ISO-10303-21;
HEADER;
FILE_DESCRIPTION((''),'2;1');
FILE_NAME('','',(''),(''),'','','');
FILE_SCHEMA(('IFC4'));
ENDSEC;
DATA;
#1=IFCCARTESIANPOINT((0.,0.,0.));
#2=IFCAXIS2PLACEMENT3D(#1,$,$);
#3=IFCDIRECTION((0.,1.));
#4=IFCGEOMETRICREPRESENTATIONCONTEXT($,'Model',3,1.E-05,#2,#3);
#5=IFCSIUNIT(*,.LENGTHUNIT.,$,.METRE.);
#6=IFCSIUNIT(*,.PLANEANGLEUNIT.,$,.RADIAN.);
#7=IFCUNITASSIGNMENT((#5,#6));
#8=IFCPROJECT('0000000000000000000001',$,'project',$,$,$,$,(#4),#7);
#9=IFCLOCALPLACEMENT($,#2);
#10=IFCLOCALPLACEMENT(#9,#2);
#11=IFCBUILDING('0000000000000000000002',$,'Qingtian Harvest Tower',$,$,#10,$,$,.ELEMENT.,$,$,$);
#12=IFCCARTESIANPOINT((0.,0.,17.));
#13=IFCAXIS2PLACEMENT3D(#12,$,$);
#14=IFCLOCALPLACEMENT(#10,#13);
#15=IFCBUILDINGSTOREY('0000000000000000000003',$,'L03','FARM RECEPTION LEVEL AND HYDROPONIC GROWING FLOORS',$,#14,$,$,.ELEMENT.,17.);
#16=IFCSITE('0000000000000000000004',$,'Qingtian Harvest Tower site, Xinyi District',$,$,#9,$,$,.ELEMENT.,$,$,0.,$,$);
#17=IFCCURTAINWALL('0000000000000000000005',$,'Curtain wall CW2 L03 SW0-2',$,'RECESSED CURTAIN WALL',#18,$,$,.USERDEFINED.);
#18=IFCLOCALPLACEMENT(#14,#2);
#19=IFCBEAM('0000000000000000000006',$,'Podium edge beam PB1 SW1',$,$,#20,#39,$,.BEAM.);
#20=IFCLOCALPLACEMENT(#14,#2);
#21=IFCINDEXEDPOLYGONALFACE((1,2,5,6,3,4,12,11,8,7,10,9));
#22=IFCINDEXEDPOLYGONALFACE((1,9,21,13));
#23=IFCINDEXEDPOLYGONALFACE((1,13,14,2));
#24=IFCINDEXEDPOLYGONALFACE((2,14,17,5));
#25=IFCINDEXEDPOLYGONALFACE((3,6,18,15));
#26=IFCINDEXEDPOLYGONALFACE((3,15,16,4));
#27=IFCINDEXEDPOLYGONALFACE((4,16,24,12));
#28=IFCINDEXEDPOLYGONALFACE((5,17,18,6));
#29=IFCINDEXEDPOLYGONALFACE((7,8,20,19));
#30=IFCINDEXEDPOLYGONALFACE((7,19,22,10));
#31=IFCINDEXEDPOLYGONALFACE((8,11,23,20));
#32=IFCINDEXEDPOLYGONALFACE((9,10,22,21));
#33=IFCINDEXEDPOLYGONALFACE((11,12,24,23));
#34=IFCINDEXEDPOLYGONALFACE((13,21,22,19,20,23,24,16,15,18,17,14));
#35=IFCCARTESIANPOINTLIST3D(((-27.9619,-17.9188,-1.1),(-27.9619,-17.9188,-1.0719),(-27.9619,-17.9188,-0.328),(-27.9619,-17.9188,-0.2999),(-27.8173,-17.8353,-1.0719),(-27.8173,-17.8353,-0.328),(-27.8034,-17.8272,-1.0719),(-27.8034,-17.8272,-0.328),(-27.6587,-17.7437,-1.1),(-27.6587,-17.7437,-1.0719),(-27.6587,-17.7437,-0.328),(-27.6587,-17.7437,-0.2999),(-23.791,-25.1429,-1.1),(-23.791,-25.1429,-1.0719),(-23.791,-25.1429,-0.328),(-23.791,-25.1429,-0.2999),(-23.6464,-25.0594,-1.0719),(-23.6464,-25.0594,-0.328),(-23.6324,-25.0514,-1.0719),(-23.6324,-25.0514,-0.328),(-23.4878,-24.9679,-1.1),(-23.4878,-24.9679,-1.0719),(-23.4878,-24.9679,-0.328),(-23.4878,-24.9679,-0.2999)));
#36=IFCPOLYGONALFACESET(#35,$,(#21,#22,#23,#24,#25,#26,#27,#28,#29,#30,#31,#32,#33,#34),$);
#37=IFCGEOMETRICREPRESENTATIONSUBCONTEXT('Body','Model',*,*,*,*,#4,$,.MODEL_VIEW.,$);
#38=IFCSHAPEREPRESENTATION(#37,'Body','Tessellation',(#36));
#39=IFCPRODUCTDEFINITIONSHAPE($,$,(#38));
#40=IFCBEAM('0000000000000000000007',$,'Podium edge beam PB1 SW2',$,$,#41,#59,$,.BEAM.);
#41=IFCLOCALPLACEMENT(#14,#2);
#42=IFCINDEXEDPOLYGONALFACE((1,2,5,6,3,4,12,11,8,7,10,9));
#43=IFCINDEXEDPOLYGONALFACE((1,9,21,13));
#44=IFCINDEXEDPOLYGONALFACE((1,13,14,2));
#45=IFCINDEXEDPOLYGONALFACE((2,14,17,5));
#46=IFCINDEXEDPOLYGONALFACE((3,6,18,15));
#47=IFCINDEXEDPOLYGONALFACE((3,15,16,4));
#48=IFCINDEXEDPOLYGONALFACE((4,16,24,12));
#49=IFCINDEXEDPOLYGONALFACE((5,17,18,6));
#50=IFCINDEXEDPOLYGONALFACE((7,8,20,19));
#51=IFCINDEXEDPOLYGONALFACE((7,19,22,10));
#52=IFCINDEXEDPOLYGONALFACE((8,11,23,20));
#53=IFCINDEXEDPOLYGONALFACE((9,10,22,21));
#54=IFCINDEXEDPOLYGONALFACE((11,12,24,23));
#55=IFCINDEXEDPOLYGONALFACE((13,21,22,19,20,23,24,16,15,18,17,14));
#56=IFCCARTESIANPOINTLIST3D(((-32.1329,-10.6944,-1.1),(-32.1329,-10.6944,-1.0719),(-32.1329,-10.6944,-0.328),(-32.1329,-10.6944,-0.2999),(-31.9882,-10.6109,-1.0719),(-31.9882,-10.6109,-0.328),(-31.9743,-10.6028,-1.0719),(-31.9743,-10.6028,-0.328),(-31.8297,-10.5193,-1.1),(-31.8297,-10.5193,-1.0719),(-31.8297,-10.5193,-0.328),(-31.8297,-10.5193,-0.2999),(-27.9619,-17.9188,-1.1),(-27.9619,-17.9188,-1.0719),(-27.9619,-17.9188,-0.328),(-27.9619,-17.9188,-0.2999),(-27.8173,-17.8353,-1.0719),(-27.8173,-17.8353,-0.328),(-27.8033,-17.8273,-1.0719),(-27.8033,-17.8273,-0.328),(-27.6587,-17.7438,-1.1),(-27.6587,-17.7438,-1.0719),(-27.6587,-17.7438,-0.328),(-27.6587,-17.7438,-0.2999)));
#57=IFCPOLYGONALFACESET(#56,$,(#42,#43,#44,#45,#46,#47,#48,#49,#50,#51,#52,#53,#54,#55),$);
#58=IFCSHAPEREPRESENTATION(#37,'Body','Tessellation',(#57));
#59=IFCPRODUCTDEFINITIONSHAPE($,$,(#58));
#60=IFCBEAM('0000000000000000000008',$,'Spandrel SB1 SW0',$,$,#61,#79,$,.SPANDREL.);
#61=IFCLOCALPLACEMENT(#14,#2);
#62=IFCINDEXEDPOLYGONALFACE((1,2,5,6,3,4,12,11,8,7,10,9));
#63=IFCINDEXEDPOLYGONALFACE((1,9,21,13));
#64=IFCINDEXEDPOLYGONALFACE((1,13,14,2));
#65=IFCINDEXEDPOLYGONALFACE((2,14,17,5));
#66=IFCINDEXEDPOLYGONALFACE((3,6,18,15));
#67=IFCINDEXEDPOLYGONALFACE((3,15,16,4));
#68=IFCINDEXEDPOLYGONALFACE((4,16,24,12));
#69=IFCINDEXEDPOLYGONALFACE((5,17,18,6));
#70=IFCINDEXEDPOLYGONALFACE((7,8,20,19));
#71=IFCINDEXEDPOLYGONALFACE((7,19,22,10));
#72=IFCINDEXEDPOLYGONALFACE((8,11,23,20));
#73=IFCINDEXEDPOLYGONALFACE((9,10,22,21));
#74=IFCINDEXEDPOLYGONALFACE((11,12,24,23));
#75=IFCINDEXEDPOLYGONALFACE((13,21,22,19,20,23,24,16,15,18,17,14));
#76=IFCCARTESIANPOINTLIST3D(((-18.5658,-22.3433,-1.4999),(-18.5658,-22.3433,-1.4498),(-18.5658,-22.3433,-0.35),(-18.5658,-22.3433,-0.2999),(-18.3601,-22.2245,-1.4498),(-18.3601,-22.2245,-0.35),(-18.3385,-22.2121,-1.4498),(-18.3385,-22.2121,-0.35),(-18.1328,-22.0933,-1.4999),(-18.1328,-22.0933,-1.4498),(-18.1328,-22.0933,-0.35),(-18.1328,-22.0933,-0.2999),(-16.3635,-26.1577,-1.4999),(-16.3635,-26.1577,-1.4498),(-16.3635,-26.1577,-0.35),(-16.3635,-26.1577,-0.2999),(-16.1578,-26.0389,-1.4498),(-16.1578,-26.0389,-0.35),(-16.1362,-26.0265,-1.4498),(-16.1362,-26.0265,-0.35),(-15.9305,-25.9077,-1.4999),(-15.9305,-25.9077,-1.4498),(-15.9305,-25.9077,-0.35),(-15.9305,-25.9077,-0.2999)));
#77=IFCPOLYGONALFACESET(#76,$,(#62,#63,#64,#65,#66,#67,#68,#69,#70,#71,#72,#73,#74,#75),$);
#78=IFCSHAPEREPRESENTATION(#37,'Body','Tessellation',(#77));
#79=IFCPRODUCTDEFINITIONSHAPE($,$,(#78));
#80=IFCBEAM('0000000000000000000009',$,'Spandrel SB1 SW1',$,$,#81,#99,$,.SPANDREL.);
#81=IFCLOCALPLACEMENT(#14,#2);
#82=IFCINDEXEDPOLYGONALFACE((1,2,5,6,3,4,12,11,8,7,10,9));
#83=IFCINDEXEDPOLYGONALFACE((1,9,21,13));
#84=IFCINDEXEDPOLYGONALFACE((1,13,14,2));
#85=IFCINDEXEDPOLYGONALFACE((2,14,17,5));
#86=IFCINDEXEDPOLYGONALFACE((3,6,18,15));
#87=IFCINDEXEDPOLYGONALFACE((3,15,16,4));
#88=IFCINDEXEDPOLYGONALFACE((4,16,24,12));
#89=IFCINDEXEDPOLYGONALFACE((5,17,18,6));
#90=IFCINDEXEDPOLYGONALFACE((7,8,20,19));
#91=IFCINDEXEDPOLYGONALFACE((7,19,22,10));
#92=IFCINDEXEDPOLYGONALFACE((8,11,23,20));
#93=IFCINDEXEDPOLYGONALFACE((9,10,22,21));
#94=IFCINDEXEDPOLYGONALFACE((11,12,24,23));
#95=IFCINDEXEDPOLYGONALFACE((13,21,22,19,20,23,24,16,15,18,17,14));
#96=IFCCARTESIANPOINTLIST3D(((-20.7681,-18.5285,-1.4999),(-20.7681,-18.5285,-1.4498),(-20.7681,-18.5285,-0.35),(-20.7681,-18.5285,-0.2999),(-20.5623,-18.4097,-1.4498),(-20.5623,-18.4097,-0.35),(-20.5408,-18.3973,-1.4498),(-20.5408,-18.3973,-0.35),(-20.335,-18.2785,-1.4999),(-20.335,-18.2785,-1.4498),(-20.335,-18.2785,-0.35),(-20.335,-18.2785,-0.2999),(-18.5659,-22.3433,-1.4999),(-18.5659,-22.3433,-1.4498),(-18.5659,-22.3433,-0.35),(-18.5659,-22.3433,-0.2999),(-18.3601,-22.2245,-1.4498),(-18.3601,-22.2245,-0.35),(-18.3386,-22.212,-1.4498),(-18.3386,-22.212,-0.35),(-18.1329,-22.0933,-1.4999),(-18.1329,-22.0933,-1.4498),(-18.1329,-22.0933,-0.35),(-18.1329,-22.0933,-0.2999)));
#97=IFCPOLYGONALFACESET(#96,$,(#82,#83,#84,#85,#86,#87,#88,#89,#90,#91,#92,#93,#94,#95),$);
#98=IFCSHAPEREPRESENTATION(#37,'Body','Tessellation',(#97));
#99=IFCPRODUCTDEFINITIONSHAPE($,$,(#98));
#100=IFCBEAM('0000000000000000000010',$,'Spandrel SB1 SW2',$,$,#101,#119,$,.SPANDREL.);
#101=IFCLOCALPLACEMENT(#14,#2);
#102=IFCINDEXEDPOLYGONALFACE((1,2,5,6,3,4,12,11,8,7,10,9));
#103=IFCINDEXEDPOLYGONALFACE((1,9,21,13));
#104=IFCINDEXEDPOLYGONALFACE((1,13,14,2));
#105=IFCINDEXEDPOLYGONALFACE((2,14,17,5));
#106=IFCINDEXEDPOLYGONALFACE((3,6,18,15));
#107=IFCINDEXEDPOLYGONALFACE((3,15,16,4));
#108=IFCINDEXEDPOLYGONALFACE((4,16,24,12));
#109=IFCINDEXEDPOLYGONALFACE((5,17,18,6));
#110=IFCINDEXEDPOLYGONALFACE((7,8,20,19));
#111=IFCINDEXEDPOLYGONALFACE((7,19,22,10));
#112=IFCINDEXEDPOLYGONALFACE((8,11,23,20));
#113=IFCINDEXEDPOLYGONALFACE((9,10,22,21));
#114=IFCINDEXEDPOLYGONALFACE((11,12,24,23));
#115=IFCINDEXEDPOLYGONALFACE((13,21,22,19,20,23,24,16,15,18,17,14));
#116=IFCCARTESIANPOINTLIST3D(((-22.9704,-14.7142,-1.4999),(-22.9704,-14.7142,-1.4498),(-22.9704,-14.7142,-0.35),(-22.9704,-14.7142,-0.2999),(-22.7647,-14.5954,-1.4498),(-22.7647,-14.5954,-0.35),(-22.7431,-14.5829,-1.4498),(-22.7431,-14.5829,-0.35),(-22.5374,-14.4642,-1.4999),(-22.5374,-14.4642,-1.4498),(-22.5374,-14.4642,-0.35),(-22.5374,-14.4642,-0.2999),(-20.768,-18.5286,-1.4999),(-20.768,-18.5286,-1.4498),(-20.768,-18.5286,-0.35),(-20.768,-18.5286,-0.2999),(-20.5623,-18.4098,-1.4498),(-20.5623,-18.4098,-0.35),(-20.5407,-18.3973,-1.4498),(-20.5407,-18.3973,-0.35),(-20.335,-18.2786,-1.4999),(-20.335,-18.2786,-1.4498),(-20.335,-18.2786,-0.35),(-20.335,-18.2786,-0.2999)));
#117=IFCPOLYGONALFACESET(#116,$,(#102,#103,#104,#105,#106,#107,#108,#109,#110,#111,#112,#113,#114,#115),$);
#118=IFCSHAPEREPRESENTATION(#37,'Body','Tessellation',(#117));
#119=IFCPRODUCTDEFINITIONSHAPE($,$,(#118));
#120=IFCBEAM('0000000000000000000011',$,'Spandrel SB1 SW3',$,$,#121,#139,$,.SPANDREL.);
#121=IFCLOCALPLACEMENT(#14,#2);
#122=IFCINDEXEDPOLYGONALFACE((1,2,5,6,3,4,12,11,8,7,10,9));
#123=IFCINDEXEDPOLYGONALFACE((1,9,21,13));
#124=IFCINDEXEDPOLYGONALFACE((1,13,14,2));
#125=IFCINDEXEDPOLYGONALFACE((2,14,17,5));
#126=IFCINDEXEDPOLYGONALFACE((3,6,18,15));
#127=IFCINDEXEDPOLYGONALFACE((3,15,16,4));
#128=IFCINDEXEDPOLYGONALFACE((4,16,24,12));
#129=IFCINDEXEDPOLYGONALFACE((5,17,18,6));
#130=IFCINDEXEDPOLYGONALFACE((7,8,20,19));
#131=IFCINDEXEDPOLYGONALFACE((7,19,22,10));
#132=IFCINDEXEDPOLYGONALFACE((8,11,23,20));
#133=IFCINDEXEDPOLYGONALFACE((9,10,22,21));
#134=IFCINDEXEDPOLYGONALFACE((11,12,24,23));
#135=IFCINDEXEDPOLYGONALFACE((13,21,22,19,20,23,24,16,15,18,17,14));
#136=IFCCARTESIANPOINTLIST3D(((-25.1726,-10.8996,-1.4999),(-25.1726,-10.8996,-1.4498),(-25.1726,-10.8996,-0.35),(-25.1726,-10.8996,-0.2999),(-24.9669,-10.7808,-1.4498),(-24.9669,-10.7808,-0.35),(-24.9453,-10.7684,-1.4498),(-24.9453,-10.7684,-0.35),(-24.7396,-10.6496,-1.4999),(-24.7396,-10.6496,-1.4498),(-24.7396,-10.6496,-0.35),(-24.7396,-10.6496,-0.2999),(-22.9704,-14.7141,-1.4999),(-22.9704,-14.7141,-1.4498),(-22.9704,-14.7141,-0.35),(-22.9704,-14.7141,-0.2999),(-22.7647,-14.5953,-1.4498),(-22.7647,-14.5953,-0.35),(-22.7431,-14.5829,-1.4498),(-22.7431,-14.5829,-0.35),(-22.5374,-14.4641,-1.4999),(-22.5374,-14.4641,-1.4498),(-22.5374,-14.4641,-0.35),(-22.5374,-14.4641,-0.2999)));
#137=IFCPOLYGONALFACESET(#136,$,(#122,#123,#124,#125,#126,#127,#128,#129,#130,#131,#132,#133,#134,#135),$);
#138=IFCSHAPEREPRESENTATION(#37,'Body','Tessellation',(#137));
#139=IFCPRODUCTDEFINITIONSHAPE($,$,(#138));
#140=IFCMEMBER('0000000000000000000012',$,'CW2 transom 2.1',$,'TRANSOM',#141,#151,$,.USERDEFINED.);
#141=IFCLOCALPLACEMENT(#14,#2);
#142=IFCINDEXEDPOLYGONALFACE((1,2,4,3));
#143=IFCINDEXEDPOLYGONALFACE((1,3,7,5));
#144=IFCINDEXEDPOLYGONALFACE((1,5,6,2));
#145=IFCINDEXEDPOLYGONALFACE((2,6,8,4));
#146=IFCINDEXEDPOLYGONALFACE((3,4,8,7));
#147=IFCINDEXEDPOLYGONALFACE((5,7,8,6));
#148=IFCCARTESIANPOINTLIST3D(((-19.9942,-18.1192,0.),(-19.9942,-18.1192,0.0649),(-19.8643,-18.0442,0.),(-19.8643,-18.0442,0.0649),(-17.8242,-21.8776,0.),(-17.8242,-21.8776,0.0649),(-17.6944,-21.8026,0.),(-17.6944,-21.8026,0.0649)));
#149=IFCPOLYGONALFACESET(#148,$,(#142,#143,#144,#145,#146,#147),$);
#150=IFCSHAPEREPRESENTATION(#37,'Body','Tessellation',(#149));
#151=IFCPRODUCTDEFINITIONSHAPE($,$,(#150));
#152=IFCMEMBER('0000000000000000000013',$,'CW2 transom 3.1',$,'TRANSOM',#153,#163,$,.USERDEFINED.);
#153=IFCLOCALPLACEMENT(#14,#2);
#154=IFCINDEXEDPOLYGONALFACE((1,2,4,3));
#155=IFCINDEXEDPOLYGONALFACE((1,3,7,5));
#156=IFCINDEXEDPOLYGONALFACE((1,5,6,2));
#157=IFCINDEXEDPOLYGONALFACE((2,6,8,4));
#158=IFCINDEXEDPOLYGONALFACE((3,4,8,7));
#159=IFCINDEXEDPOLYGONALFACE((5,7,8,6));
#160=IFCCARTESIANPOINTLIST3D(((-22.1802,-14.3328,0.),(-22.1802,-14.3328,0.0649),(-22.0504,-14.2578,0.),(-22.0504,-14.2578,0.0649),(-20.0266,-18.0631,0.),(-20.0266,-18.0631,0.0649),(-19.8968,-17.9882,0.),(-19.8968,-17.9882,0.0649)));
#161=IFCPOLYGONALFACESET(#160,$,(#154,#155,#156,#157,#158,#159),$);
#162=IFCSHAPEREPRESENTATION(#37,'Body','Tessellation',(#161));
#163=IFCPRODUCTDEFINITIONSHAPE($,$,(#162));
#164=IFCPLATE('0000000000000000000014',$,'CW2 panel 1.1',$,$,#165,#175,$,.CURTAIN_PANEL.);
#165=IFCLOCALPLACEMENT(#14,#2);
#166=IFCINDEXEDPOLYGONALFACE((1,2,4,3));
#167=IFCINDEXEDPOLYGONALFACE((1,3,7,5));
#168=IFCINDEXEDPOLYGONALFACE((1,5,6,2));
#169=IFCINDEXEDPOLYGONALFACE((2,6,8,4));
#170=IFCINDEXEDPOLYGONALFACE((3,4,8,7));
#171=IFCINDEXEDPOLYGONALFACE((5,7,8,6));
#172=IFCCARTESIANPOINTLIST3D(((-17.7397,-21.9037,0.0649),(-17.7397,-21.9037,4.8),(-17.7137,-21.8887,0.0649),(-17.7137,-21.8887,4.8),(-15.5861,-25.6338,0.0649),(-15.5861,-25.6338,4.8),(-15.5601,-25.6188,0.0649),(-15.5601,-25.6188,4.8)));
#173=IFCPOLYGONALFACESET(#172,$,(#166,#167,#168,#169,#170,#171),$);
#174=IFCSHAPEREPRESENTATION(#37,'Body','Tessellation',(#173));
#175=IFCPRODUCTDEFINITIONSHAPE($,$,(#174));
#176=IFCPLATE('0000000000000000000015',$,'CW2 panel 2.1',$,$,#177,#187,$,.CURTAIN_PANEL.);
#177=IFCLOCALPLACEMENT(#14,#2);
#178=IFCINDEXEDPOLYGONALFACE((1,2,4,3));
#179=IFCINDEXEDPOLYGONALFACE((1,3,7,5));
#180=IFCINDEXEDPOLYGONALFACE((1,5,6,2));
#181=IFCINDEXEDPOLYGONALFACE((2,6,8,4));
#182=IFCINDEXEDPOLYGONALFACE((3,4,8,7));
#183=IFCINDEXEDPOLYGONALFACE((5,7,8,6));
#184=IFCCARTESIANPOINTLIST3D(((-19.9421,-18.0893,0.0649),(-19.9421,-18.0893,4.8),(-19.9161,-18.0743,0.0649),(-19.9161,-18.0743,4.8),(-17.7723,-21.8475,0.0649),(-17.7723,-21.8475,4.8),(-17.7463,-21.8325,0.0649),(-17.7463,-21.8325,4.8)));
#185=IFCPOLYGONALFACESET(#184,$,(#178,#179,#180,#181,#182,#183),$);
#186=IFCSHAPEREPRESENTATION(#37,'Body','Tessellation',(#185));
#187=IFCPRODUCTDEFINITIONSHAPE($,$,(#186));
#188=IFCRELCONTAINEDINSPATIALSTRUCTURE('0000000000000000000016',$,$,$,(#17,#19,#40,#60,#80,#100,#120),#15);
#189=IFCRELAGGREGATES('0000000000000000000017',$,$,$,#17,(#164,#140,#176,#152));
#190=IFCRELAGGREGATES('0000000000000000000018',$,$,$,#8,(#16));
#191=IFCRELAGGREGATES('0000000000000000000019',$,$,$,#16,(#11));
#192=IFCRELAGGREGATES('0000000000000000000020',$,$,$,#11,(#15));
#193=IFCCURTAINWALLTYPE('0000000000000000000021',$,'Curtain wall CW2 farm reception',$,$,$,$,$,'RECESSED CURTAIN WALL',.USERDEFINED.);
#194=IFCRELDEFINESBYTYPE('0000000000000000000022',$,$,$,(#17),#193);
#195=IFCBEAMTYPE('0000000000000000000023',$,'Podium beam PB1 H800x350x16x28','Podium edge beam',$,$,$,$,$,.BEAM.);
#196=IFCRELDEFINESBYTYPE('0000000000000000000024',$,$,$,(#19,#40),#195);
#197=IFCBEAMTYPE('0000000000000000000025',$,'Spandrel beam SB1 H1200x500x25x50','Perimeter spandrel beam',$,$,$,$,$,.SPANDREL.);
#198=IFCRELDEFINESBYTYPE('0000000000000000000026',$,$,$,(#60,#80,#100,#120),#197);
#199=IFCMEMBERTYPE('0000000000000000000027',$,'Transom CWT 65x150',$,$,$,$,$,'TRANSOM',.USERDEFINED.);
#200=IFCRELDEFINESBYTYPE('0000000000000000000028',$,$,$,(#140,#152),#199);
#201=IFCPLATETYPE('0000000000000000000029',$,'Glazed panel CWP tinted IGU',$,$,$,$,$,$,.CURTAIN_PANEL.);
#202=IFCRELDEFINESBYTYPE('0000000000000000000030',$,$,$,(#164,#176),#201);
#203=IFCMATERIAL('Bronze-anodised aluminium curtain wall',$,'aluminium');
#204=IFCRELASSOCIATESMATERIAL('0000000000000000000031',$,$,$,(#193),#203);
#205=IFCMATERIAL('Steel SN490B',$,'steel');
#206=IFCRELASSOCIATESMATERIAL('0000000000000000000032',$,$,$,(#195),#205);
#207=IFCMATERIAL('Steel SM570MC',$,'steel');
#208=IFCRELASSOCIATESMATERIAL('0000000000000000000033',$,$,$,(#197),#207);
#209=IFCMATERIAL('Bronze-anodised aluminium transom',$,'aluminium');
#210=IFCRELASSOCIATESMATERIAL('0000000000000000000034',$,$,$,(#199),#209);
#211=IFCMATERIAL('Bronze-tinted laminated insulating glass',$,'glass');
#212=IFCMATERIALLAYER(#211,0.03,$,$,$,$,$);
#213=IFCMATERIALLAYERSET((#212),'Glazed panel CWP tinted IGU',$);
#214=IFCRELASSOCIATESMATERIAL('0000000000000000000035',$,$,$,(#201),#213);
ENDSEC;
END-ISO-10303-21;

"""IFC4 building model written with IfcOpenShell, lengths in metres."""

from ifc_helpers import new_model, si_unit, direction, frame, origin, origin_2d, place, context, subcontext, project, spatial, rectangle, i_section, extrude, material, layer, layer_set, material_profile, profile_set, type_object, element, aggregate, save


model = new_model("IFC4")

# Units and contexts
model_context = context("Model", 3, precision=1e-05, world=origin(), true_north=direction((0.0, 1.0)))
body_context = subcontext(model_context, "Body", "Model", "MODEL_VIEW")
ifc_project = project(units=[si_unit("LENGTHUNIT", "METRE"), si_unit("PLANEANGLEUNIT", "RADIAN")], contexts=[model_context])

# Site, building, storey
site_placement = place(None, origin())
site = spatial("IfcSite", under=ifc_project, at=site_placement, Name="Qingtian Harvest Tower site, Xinyi District", CompositionType="ELEMENT", RefElevation=0.0)
building_placement = place(site_placement, origin())
building = spatial("IfcBuilding", under=site, at=building_placement, Name="Qingtian Harvest Tower", CompositionType="ELEMENT")
storey_placement = place(building_placement, frame((0.0, 0.0, 17.0)))
storey = spatial("IfcBuildingStorey", under=building, at=storey_placement, Name="L03", Description="FARM RECEPTION LEVEL AND HYDROPONIC GROWING FLOORS", CompositionType="ELEMENT", Elevation=17.0)

# Curtain wall
ifc_material_1 = material(Name="Bronze-anodised aluminium curtain wall", Category="aluminium")
curtain_wall_type = type_object("IfcCurtainWallType", Name="Curtain wall CW2 farm reception", ElementType="RECESSED CURTAIN WALL", PredefinedType="USERDEFINED", material=ifc_material_1)
curtain_wall_placement = place(storey_placement, origin())
curtain_wall = element("IfcCurtainWall", 1, at=curtain_wall_placement, inside=storey, type_object=curtain_wall_type, Name="Curtain wall CW2 L03 SW0-2", ObjectType="RECESSED CURTAIN WALL", PredefinedType="USERDEFINED")

# Beams
ifc_material_2 = material(Name="Steel SN490B", Category="steel")
ifc_material_profile_1 = material_profile(ifc_material_2, i_section(OverallWidth=0.3501, OverallDepth=0.8, WebThickness=0.0161, FlangeThickness=0.0281, at=origin_2d()), Name="H800x350x16x28")
ifc_profile_set_1 = profile_set([ifc_material_profile_1], Name="Steel SN490B")
beam_type_1 = type_object("IfcBeamType", Name="Podium beam PB1 H800x350x16x28", Description="Podium edge beam", PredefinedType="BEAM", material=ifc_profile_set_1)
for number, where, z_axis, x_axis, name in (
    (2, (-23.6394, -25.0554, -0.7), (-0.500005, 0.866023, 0.0), (-0.866023, -0.500005, 0.0), "Podium edge beam PB1 SW1"),
):
    element("IfcBeam", number, at=place(storey_placement, frame(where, z_axis=z_axis, x_axis=x_axis)), inside=storey, type_object=beam_type_1, Name=name, PredefinedType="BEAM", context=body_context, shape_type="SweptSolid", body=[
        extrude(i_section(OverallWidth=0.3501, OverallDepth=0.8, WebThickness=0.0161, FlangeThickness=0.0281, at=origin_2d()), origin(), (0.0, 0.0, 1.0), 8.3418),
    ])
beam_1_placement = place(storey_placement, frame((-27.8103, -17.8313, -0.7), z_axis=(-0.499992, 0.86603, 0.0), x_axis=(-0.86603, -0.499992, 0.0)))
element("IfcBeam", 3, at=beam_1_placement, inside=storey, type_object=beam_type_1, Name="Podium edge beam PB1 SW2", PredefinedType="BEAM", context=body_context, shape_type="SweptSolid", body=[
    extrude(i_section(OverallWidth=0.3501, OverallDepth=0.8, WebThickness=0.0161, FlangeThickness=0.0281, at=origin_2d()), origin(), (0.0, 0.0, 1.0), 8.342),
])
ifc_material_3 = material(Name="Steel SM570MC", Category="steel")
ifc_material_profile_2 = material_profile(ifc_material_3, i_section(OverallWidth=0.5, OverallDepth=1.2, WebThickness=0.0249, FlangeThickness=0.05, at=origin_2d()), Name="H1200x500x25x50")
ifc_profile_set_2 = profile_set([ifc_material_profile_2], Name="Steel SM570MC")
beam_type_2 = type_object("IfcBeamType", Name="Spandrel beam SB1 H1200x500x25x50", Description="Perimeter spandrel beam", PredefinedType="SPANDREL", material=ifc_profile_set_2)
beam_2_placement = place(storey_placement, frame((-16.147, -26.0327, -0.8999), z_axis=(-0.50002, 0.866014, 0.0), x_axis=(-0.866014, -0.50002, 0.0)))
element("IfcBeam", 4, at=beam_2_placement, inside=storey, type_object=beam_type_2, Name="Spandrel SB1 SW0", PredefinedType="SPANDREL", context=body_context, shape_type="SweptSolid", body=[
    extrude(i_section(OverallWidth=0.5, OverallDepth=1.2, WebThickness=0.0249, FlangeThickness=0.05, at=origin_2d()), origin(), (0.0, 0.0, 1.0), 4.4045),
])
beam_3_placement = place(storey_placement, frame((-18.3494, -22.2183, -0.8999), z_axis=(-0.499954, 0.866052, 0.0), x_axis=(-0.866052, -0.499954, 0.0)))
element("IfcBeam", 5, at=beam_3_placement, inside=storey, type_object=beam_type_2, Name="Spandrel SB1 SW1", PredefinedType="SPANDREL", context=body_context, shape_type="SweptSolid", body=[
    extrude(i_section(OverallWidth=0.5, OverallDepth=1.2, WebThickness=0.0249, FlangeThickness=0.05, at=origin_2d()), origin(), (0.0, 0.0, 1.0), 4.4048),
])
for number, where, z_axis, x_axis, name in (
    (6, (-20.5515, -18.4036, -0.8999), (-0.50002, 0.866014, 0.0), (-0.866014, -0.50002, 0.0), "Spandrel SB1 SW2"),
    (7, (-22.7539, -14.5891, -0.8999), (-0.499978, 0.866038, 0.0), (-0.866038, -0.499978, 0.0), "Spandrel SB1 SW3"),
):
    element("IfcBeam", number, at=place(storey_placement, frame(where, z_axis=z_axis, x_axis=x_axis)), inside=storey, type_object=beam_type_2, Name=name, PredefinedType="SPANDREL", context=body_context, shape_type="SweptSolid", body=[
        extrude(i_section(OverallWidth=0.5, OverallDepth=1.2, WebThickness=0.0249, FlangeThickness=0.05, at=origin_2d()), origin(), (0.0, 0.0, 1.0), 4.4045),
    ])

# Members
ifc_material_4 = material(Name="Bronze-anodised aluminium transom", Category="aluminium")
ifc_material_profile_3 = material_profile(ifc_material_4, rectangle(XDim=0.1499, YDim=0.0649, at=origin_2d()), Name="AL 65x150")
ifc_profile_set_3 = profile_set([ifc_material_profile_3], Name="Bronze-anodised aluminium transom")
member_type_1 = type_object("IfcMemberType", Name="Transom CWT 65x150", ElementType="TRANSOM", PredefinedType="USERDEFINED", material=ifc_profile_set_3)
member_1_placement = place(storey_placement, frame((-17.7593, -21.8401, 0.0325), z_axis=(-0.500011, 0.866019, 0.0), x_axis=(-0.866019, -0.500011, 0.0)))
member_1 = element("IfcMember", 8, at=member_1_placement, type_object=member_type_1, Name="CW2 transom 2.1", ObjectType="TRANSOM", PredefinedType="USERDEFINED", context=body_context, shape_type="SweptSolid", body=[
    extrude(rectangle(XDim=0.1499, YDim=0.0649, at=origin_2d()), origin(), (0.0, 0.0, 1.0), 4.3398),
])
member_2_placement = place(storey_placement, frame((-19.9617, -18.0256, 0.0325), z_axis=(-0.499986, 0.866034, 0.0), x_axis=(-0.866034, -0.499986, 0.0)))
member_2 = element("IfcMember", 9, at=member_2_placement, type_object=member_type_1, Name="CW2 transom 3.1", ObjectType="TRANSOM", PredefinedType="USERDEFINED", context=body_context, shape_type="SweptSolid", body=[
    extrude(rectangle(XDim=0.1499, YDim=0.0649, at=origin_2d()), origin(), (0.0, 0.0, 1.0), 4.3074),
])

# Plates
ifc_material_5 = material(Name="Bronze-tinted laminated insulating glass", Category="glass")
ifc_layer_1 = layer(ifc_material_5, 0.03)
ifc_layer_set_1 = layer_set([ifc_layer_1], Name="Glazed panel CWP tinted IGU")
plate_type = type_object("IfcPlateType", Name="Glazed panel CWP tinted IGU", PredefinedType="CURTAIN_PANEL", material=ifc_layer_set_1)
plate_1_placement = place(storey_placement, frame((-16.6499, -23.7612, 0.0649), z_axis=(0.0, 0.0, 1.0), x_axis=(-0.5, 0.866025, 0.0)))
plate_1 = element("IfcPlate", 10, at=plate_1_placement, type_object=plate_type, Name="CW2 panel 1.1", PredefinedType="CURTAIN_PANEL", context=body_context, shape_type="SweptSolid", body=[
    extrude(rectangle(XDim=4.3071, YDim=0.03, at=origin_2d()), origin(), (0.0, 0.0, 1.0), 4.7351),
])
plate_2_placement = place(storey_placement, frame((-18.8442, -19.9609, 0.0649), z_axis=(0.0, 0.0, 1.0), x_axis=(-0.5, 0.866025, 0.0)))
plate_2 = element("IfcPlate", 11, at=plate_2_placement, type_object=plate_type, Name="CW2 panel 2.1", PredefinedType="CURTAIN_PANEL", context=body_context, shape_type="SweptSolid", body=[
    extrude(rectangle(XDim=4.3396, YDim=0.03, at=origin_2d()), origin(), (0.0, 0.0, 1.0), 4.7351),
])
aggregate(curtain_wall, [plate_1, member_1, plate_2, member_2])

save(model, "model.ifc")
